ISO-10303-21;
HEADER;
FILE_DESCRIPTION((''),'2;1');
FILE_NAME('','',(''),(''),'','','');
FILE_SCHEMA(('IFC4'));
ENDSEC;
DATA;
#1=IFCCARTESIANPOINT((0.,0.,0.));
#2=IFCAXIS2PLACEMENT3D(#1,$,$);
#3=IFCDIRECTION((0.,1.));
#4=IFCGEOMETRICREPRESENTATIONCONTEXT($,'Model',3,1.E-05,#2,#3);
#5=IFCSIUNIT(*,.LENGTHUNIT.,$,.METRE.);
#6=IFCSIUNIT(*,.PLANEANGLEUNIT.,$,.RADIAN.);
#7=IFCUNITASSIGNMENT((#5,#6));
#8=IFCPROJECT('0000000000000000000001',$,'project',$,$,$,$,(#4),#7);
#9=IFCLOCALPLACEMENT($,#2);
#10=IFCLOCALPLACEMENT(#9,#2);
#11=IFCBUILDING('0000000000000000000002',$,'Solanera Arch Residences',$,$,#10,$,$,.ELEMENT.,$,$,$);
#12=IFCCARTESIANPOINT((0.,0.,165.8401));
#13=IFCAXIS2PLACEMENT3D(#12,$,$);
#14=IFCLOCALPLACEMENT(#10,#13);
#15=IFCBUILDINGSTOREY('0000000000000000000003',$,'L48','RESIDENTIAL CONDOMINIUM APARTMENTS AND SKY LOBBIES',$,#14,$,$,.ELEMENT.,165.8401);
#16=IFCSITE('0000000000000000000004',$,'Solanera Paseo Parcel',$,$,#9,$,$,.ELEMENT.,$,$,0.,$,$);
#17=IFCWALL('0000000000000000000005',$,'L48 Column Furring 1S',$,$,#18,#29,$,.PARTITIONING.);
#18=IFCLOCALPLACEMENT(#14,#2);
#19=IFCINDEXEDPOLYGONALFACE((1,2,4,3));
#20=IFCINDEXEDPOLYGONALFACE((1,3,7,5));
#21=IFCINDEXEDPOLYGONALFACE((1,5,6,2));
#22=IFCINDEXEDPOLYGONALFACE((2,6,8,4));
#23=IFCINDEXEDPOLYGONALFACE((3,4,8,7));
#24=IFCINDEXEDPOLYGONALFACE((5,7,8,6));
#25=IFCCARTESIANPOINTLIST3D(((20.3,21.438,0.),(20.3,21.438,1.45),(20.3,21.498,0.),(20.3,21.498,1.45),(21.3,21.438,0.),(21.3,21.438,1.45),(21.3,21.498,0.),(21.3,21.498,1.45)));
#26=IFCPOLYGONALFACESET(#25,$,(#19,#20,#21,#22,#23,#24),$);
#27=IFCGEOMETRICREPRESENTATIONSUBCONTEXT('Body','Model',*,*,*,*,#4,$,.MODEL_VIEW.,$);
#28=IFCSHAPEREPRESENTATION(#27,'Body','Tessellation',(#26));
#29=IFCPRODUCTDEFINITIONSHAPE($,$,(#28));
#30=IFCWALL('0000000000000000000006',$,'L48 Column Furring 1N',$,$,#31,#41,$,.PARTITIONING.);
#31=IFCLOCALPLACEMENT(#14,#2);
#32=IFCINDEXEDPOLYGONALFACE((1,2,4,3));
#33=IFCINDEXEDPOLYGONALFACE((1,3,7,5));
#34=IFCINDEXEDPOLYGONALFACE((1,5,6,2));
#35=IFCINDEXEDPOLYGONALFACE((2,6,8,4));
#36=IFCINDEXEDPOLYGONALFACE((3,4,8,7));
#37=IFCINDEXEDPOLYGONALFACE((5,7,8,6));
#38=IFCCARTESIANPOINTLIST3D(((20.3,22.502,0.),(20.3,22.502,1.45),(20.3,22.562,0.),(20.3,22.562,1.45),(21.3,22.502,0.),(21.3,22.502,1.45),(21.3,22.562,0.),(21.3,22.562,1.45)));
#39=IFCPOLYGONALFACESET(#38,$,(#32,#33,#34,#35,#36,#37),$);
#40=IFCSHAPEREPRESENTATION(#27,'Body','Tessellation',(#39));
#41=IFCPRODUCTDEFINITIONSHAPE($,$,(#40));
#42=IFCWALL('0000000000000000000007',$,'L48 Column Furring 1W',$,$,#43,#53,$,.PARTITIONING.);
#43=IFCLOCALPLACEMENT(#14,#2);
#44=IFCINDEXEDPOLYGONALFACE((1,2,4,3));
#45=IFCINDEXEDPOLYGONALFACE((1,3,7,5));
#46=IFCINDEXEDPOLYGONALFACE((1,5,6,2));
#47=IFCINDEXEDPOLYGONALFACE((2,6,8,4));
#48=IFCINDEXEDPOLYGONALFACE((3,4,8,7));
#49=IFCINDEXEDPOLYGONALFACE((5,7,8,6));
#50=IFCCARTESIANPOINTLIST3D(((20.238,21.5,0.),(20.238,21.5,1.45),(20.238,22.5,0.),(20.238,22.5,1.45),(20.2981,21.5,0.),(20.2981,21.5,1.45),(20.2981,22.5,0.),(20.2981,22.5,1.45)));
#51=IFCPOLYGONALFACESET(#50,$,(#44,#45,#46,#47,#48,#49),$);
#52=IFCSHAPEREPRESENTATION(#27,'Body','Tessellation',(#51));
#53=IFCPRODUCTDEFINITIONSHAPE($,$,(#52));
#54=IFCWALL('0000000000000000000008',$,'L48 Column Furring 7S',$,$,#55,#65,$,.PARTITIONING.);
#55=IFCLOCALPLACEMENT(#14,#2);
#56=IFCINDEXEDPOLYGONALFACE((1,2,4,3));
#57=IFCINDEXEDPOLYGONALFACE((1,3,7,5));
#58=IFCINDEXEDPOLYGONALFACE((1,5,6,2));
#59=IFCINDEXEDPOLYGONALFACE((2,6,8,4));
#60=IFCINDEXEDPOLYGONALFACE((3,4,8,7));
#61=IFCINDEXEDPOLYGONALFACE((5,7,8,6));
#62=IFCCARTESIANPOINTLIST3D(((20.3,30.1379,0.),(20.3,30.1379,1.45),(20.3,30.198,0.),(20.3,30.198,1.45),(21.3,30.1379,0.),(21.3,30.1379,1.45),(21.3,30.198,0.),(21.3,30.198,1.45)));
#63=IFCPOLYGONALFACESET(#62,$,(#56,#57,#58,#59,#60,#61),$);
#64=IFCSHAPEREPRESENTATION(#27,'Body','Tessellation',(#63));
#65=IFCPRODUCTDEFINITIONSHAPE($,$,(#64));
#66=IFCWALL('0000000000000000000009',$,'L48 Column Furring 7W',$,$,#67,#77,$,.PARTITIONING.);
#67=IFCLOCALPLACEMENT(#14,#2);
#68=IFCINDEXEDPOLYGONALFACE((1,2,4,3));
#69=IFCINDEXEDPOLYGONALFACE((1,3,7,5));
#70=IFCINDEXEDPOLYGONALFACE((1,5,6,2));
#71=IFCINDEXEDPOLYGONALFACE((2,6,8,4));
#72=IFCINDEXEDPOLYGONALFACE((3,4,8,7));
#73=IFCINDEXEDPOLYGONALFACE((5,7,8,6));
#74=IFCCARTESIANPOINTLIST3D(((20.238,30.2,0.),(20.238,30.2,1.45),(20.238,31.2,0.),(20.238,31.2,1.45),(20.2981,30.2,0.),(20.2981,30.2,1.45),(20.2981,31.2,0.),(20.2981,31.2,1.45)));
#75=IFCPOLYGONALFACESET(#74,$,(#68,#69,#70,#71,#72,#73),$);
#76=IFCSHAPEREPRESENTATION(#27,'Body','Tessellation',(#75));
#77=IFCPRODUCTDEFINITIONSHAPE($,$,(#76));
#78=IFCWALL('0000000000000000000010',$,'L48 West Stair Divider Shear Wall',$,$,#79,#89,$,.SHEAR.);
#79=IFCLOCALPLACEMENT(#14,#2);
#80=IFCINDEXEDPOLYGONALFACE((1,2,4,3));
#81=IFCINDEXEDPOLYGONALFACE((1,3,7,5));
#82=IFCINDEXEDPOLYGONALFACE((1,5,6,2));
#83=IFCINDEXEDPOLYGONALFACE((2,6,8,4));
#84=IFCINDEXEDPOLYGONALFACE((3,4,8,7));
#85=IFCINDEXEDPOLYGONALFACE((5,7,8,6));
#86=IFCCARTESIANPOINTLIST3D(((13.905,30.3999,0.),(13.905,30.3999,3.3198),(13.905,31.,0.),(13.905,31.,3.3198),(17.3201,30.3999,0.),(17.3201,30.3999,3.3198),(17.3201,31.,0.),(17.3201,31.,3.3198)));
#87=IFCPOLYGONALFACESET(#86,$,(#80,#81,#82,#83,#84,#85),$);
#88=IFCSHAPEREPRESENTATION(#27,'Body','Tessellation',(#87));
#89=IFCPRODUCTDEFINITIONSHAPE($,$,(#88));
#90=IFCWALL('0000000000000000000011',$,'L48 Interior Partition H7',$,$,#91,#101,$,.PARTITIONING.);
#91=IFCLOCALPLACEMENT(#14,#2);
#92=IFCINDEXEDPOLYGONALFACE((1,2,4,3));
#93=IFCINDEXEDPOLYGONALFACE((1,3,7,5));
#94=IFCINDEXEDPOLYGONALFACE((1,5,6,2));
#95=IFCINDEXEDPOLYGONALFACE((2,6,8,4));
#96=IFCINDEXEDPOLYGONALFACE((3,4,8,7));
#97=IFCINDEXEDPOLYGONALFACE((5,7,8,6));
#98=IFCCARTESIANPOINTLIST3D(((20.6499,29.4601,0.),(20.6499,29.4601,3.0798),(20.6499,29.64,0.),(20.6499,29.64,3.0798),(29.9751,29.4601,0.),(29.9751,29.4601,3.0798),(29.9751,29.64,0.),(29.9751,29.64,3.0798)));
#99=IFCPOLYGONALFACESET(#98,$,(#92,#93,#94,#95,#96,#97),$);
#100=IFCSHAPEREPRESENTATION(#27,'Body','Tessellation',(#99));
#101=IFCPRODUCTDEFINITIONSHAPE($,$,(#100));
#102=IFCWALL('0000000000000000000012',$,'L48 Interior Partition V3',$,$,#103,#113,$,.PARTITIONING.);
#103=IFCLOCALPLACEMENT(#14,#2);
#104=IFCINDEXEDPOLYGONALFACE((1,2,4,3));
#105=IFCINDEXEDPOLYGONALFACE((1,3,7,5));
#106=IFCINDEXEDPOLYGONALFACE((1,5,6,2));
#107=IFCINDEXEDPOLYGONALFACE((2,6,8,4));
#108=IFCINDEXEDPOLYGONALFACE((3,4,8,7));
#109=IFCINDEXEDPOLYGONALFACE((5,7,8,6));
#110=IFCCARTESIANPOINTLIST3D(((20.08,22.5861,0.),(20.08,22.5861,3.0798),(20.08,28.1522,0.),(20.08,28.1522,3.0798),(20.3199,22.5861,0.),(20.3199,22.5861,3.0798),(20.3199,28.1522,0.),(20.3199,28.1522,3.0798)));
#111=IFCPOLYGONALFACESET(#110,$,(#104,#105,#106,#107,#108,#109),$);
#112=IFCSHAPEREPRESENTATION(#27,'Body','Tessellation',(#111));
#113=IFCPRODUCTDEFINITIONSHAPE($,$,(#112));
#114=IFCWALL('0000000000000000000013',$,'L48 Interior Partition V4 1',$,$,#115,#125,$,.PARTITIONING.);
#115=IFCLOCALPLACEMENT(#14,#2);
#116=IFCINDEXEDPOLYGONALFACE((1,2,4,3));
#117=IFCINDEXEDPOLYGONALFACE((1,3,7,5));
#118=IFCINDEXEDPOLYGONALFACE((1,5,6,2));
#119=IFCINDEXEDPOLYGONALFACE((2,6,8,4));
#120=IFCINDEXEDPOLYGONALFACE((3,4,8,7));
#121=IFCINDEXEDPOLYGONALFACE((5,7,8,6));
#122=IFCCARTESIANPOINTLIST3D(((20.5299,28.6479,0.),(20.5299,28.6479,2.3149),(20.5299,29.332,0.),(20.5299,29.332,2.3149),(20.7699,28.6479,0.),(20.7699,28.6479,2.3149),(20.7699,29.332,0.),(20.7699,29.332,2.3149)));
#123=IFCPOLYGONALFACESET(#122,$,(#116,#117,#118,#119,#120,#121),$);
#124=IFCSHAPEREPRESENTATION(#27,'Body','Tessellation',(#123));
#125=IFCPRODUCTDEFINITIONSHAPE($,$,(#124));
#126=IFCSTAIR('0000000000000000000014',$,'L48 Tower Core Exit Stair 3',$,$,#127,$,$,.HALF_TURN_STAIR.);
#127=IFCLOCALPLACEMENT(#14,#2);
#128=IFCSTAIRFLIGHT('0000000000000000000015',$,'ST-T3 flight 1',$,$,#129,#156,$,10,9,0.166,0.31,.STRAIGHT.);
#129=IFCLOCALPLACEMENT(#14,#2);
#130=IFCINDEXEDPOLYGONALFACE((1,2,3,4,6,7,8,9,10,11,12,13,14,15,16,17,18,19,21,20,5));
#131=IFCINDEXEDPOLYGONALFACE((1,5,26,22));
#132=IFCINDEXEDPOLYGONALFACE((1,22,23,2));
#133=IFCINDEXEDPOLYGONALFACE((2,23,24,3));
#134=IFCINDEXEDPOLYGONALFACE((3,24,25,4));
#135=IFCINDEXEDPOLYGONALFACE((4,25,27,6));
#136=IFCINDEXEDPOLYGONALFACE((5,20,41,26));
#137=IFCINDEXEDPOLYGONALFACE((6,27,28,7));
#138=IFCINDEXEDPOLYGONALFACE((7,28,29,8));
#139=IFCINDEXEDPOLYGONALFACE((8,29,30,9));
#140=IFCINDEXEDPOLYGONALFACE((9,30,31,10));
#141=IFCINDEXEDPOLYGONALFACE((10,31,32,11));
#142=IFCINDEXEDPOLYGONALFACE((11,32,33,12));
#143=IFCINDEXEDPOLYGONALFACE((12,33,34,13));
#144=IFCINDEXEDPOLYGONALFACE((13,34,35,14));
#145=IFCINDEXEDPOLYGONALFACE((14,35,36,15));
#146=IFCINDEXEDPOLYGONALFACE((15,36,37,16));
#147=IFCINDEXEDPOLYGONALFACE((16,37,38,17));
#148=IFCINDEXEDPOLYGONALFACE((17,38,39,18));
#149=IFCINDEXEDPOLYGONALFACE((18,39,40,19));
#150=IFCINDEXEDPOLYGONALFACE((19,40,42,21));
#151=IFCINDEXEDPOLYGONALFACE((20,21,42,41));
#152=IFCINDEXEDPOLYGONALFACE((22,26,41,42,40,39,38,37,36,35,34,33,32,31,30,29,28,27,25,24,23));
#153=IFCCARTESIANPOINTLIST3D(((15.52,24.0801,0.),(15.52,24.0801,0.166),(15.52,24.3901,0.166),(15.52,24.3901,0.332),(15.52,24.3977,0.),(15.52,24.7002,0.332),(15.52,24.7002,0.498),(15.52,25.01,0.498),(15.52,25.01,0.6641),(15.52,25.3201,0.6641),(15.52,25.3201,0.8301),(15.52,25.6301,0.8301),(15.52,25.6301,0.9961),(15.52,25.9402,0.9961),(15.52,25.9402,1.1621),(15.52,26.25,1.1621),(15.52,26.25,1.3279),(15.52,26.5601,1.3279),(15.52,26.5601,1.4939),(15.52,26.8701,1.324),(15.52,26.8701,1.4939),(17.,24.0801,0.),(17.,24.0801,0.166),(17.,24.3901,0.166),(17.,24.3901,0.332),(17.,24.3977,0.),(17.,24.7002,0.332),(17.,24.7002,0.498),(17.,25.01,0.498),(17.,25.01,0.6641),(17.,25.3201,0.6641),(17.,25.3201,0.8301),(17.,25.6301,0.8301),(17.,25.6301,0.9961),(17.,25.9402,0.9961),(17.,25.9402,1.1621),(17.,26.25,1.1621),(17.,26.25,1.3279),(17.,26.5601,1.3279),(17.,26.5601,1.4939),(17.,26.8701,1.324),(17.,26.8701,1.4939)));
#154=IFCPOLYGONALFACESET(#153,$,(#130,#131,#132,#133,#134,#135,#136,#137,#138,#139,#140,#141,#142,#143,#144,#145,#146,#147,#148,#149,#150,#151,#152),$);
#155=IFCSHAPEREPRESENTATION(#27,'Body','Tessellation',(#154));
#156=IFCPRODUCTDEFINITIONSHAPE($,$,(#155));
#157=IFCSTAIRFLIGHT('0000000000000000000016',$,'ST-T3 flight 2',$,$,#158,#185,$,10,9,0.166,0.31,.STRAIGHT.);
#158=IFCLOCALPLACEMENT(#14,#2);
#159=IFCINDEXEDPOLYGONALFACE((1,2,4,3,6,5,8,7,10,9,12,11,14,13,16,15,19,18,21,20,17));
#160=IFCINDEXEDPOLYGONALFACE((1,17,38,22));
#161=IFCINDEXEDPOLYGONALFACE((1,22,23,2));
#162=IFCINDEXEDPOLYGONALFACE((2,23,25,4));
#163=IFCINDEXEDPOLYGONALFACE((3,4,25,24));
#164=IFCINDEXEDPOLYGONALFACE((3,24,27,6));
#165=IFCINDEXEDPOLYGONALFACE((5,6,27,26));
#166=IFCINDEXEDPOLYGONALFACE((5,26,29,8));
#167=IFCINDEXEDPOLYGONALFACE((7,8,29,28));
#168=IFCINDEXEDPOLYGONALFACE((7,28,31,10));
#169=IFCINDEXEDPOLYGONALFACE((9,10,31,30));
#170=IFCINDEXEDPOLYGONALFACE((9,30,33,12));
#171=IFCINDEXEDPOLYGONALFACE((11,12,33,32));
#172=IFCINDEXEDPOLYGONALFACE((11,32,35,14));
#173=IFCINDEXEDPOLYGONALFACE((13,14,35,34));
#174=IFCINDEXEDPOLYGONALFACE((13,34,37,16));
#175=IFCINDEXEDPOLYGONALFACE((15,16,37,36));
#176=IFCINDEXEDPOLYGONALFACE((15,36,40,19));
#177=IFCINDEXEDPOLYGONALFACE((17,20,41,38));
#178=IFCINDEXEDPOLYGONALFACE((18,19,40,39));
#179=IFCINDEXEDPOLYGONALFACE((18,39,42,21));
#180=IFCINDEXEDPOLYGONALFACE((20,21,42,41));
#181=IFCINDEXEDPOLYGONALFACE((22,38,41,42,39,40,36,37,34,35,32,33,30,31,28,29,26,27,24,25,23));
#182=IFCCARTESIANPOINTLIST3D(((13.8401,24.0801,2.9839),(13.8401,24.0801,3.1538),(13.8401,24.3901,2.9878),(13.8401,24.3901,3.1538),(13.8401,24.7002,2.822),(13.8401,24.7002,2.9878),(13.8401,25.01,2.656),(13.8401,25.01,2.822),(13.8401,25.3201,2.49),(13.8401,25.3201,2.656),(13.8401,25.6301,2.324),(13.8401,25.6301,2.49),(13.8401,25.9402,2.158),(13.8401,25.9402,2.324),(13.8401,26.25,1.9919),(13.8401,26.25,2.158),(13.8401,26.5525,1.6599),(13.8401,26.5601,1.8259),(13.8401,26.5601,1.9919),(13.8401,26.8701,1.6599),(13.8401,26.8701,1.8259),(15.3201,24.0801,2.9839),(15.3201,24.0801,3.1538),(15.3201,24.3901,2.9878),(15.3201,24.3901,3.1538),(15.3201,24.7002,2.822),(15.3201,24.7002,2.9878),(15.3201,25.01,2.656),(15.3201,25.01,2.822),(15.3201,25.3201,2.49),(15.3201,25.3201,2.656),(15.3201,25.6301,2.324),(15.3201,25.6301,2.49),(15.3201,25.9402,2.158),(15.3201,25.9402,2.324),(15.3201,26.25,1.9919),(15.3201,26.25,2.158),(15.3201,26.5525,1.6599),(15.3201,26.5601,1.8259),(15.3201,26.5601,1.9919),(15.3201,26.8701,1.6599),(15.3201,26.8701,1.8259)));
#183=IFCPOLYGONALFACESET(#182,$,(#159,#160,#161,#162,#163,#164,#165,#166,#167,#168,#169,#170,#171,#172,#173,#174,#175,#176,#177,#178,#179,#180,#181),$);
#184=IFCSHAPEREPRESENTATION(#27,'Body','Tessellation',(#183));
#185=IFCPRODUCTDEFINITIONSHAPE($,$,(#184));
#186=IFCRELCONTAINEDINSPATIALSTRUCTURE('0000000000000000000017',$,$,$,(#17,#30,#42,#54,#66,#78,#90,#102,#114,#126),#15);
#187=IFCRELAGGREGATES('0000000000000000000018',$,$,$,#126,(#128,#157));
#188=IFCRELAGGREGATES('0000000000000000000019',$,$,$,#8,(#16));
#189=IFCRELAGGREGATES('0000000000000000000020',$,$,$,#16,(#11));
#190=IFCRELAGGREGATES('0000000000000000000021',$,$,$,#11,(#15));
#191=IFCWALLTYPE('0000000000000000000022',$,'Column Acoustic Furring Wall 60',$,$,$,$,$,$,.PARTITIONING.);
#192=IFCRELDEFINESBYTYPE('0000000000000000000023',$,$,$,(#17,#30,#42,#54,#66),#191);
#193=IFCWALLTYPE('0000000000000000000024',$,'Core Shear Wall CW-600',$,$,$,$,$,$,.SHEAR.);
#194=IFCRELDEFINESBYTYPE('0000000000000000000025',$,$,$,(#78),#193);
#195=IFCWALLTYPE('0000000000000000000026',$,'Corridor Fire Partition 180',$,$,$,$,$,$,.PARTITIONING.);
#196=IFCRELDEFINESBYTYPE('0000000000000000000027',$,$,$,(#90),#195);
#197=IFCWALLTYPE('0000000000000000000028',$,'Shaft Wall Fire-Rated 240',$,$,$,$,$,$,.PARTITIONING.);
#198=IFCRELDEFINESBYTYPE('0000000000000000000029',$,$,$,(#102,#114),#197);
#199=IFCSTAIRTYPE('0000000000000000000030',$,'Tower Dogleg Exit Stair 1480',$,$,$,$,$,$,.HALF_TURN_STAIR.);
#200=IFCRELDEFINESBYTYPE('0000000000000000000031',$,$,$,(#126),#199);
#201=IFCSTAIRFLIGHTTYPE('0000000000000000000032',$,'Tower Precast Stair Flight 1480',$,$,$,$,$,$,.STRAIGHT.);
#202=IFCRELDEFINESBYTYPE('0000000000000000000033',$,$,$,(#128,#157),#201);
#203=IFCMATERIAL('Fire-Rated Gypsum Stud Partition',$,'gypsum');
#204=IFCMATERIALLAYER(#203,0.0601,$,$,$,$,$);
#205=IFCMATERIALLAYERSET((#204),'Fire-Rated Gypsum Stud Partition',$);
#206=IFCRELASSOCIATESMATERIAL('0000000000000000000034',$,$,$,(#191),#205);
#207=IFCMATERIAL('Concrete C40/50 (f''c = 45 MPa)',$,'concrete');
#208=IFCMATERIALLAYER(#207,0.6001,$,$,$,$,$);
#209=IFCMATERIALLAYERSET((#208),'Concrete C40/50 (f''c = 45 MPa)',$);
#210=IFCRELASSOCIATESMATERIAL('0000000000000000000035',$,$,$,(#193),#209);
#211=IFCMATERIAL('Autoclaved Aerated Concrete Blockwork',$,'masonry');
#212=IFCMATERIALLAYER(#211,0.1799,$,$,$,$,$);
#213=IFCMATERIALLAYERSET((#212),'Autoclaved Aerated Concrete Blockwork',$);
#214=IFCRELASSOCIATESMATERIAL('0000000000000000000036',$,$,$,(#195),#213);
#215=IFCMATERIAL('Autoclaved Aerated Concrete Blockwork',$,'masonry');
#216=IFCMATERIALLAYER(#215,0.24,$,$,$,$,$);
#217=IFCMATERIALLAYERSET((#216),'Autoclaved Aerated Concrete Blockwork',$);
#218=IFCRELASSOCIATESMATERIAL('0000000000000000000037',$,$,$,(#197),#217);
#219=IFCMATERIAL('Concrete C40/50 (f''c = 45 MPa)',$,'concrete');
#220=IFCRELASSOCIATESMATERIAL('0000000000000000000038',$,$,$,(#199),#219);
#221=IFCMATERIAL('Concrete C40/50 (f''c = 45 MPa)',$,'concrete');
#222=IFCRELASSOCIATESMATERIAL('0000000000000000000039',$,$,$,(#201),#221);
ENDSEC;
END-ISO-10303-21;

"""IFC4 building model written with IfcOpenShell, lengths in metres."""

from ifc_helpers import new_model, si_unit, direction, frame, frame_2d, origin, place, context, subcontext, project, spatial, polyline, rectangle, outline, extrude, material, layer, layer_set, type_object, element, aggregate, save


model = new_model("IFC4")

# Units and contexts
model_context = context("Model", 3, precision=1e-05, world=origin(), true_north=direction((0.0, 1.0)))
body_context = subcontext(model_context, "Body", "Model", "MODEL_VIEW")
ifc_project = project(units=[si_unit("LENGTHUNIT", "METRE"), si_unit("PLANEANGLEUNIT", "RADIAN")], contexts=[model_context])

# Site, building, storey
site_placement = place(None, origin())
site = spatial("IfcSite", under=ifc_project, at=site_placement, Name="Solanera Paseo Parcel", CompositionType="ELEMENT", RefElevation=0.0)
building_placement = place(site_placement, origin())
building = spatial("IfcBuilding", under=site, at=building_placement, Name="Solanera Arch Residences", CompositionType="ELEMENT")
storey_placement = place(building_placement, frame((0.0, 0.0, 165.8401)))
storey = spatial("IfcBuildingStorey", under=building, at=storey_placement, Name="L48", Description="RESIDENTIAL CONDOMINIUM APARTMENTS AND SKY LOBBIES", CompositionType="ELEMENT", Elevation=165.8401)

# Walls
ifc_material_1 = material(Name="Fire-Rated Gypsum Stud Partition", Category="gypsum")
ifc_layer_1 = layer(ifc_material_1, 0.0601)
ifc_layer_set_1 = layer_set([ifc_layer_1], Name="Fire-Rated Gypsum Stud Partition")
wall_type_1 = type_object("IfcWallType", Name="Column Acoustic Furring Wall 60", PredefinedType="PARTITIONING", material=ifc_layer_set_1)
for number, where, z_axis, x_axis, name in (
    (1, (20.3, 21.468, 0.0), (0.0, 0.0, 1.0), (1.0, 0.0, 0.0), "L48 Column Furring 1S"),
    (2, (20.3, 22.532, 0.0), (0.0, 0.0, 1.0), (1.0, 0.0, 0.0), "L48 Column Furring 1N"),
    (3, (20.2681, 21.5, 0.0), (0.0, 0.0, 1.0), (0.0, 1.0, 0.0), "L48 Column Furring 1W"),
    (4, (20.3, 30.168, 0.0), (0.0, 0.0, 1.0), (1.0, 0.0, 0.0), "L48 Column Furring 7S"),
    (5, (20.2681, 30.2, 0.0), (0.0, 0.0, 1.0), (0.0, 1.0, 0.0), "L48 Column Furring 7W"),
):
    element("IfcWall", number, at=place(storey_placement, frame(where, z_axis=z_axis, x_axis=x_axis)), inside=storey, type_object=wall_type_1, Name=name, PredefinedType="PARTITIONING", context=body_context, shape_type="SweptSolid", body=[
        extrude(rectangle(XDim=1.0, YDim=0.0601, at=frame_2d((0.5, 0.0))), origin(), (0.0, 0.0, 1.0), 1.45),
    ])

# Walls
ifc_material_2 = material(Name="Concrete C40/50 (f'c = 45 MPa)", Category="concrete")
ifc_layer_2 = layer(ifc_material_2, 0.6001)
ifc_layer_set_2 = layer_set([ifc_layer_2], Name="Concrete C40/50 (f'c = 45 MPa)")
wall_type_2 = type_object("IfcWallType", Name="Core Shear Wall CW-600", PredefinedType="SHEAR", material=ifc_layer_set_2)
wall_1_placement = place(storey_placement, frame((13.905, 30.7, 0.0), z_axis=(0.0, 0.0, 1.0), x_axis=(1.0, 0.0, 0.0)))
element("IfcWall", 6, at=wall_1_placement, inside=storey, type_object=wall_type_2, Name="L48 West Stair Divider Shear Wall", PredefinedType="SHEAR", context=body_context, shape_type="SweptSolid", body=[
    extrude(rectangle(XDim=3.415, YDim=0.6001, at=frame_2d((1.7075, 0.0))), origin(), (0.0, 0.0, 1.0), 3.3198),
])
ifc_material_3 = material(Name="Autoclaved Aerated Concrete Blockwork", Category="masonry")
ifc_layer_3 = layer(ifc_material_3, 0.1799)
ifc_layer_set_3 = layer_set([ifc_layer_3], Name="Autoclaved Aerated Concrete Blockwork")
wall_type_3 = type_object("IfcWallType", Name="Corridor Fire Partition 180", PredefinedType="PARTITIONING", material=ifc_layer_set_3)
wall_2_placement = place(storey_placement, frame((20.6499, 29.55, 0.0), z_axis=(0.0, 0.0, 1.0), x_axis=(1.0, 0.0, 0.0)))
element("IfcWall", 7, at=wall_2_placement, inside=storey, type_object=wall_type_3, Name="L48 Interior Partition H7", PredefinedType="PARTITIONING", context=body_context, shape_type="SweptSolid", body=[
    extrude(rectangle(XDim=9.3252, YDim=0.1799, at=frame_2d((4.6626, 0.0))), origin(), (0.0, 0.0, 1.0), 3.0798),
])

# Shared definitions
ifc_material_4 = material(Name="Autoclaved Aerated Concrete Blockwork", Category="masonry")
ifc_layer_4 = layer(ifc_material_4, 0.24)
ifc_layer_set_4 = layer_set([ifc_layer_4], Name="Autoclaved Aerated Concrete Blockwork")
wall_type_4 = type_object("IfcWallType", Name="Shaft Wall Fire-Rated 240", PredefinedType="PARTITIONING", material=ifc_layer_set_4)

# Walls
wall_3_placement = place(storey_placement, frame((20.2, 22.5859, 0.0), z_axis=(0.0, 0.0, 1.0), x_axis=(0.0, 1.0, 0.0)))
element("IfcWall", 8, at=wall_3_placement, inside=storey, type_object=wall_type_4, Name="L48 Interior Partition V3", PredefinedType="PARTITIONING", context=body_context, shape_type="SweptSolid", body=[
    extrude(rectangle(XDim=5.5662, YDim=0.24, at=frame_2d((2.7832, 0.0))), origin(), (0.0, 0.0, 1.0), 3.0798),
])
wall_4_placement = place(storey_placement, frame((20.6499, 28.6479, 0.0), z_axis=(0.0, 0.0, 1.0), x_axis=(0.0, 1.0, 0.0)))
element("IfcWall", 9, at=wall_4_placement, inside=storey, type_object=wall_type_4, Name="L48 Interior Partition V4 1", PredefinedType="PARTITIONING", context=body_context, shape_type="SweptSolid", body=[
    extrude(rectangle(XDim=0.6841, YDim=0.24, at=frame_2d((0.342, 0.0))), origin(), (0.0, 0.0, 1.0), 2.3149),
])

# Stair, stair flights
ifc_material_5 = material(Name="Concrete C40/50 (f'c = 45 MPa)", Category="concrete")
stair_type = type_object("IfcStairType", Name="Tower Dogleg Exit Stair 1480", PredefinedType="HALF_TURN_STAIR", material=ifc_material_5)
stair_placement = place(storey_placement, origin())
stair = element("IfcStair", 10, at=stair_placement, inside=storey, type_object=stair_type, Name="L48 Tower Core Exit Stair 3", PredefinedType="HALF_TURN_STAIR")
ifc_material_6 = material(Name="Concrete C40/50 (f'c = 45 MPa)", Category="concrete")
stair_flight_type = type_object("IfcStairFlightType", Name="Tower Precast Stair Flight 1480", PredefinedType="STRAIGHT", material=ifc_material_6)
stair_flight_1_placement = place(storey_placement, frame((16.26, 24.0801, 0.0), z_axis=(0.0, 0.0, 1.0), x_axis=(0.0, 1.0, 0.0)))
stair_flight_1 = element("IfcStairFlight", 11, at=stair_flight_1_placement, type_object=stair_flight_type, Name="ST-T3 flight 1", NumberOfRisers=10, NumberOfTreads=9, PredefinedType="STRAIGHT", RiserHeight=0.166, TreadLength=0.31, context=body_context, shape_type="SweptSolid", body=[
    extrude(outline(polyline([(0.0, 0.0), (0.0, 0.166), (0.3101, 0.166), (0.3101, 0.332), (0.6201, 0.332), (0.6201, 0.498), (0.9299, 0.498), (0.9299, 0.6641), (1.24, 0.6641), (1.24, 0.8301), (1.55, 0.8301), (1.55, 0.9961), (1.8601, 0.9961), (1.8601, 1.1621), (2.1699, 1.1621), (2.1699, 1.3279), (2.48, 1.3279), (2.48, 1.4939), (2.79, 1.4939), (2.79, 1.6599), (2.79, 1.324), (0.3176, 0.0), (0.0, 0.0)])), frame((0.0, 0.74, 0.0), z_axis=(0.0, -1.0, 0.0), x_axis=(1.0, 0.0, 0.0)), (0.0, 0.0, 1.0), 1.48),
])
stair_flight_2_placement = place(storey_placement, frame((14.5801, 26.8701, 1.6599), z_axis=(0.0, 0.0, 1.0), x_axis=(0.0, -1.0, 0.0)))
stair_flight_2 = element("IfcStairFlight", 12, at=stair_flight_2_placement, type_object=stair_flight_type, Name="ST-T3 flight 2", NumberOfRisers=10, NumberOfTreads=9, PredefinedType="STRAIGHT", RiserHeight=0.166, TreadLength=0.31, context=body_context, shape_type="SweptSolid", body=[
    extrude(outline(polyline([(0.0, 0.0), (0.0, 0.166), (0.3101, 0.166), (0.3101, 0.332), (0.6201, 0.332), (0.6201, 0.498), (0.9299, 0.498), (0.9299, 0.6641), (1.24, 0.6641), (1.24, 0.8301), (1.55, 0.8301), (1.55, 0.9961), (1.8601, 0.9961), (1.8601, 1.1621), (2.1699, 1.1621), (2.1699, 1.3279), (2.48, 1.3279), (2.48, 1.4939), (2.79, 1.4939), (2.79, 1.6599), (2.79, 1.324), (0.3176, 0.0), (0.0, 0.0)])), frame((0.0, 0.74, 0.0), z_axis=(0.0, -1.0, 0.0), x_axis=(1.0, 0.0, 0.0)), (0.0, 0.0, 1.0), 1.48),
])
aggregate(stair, [stair_flight_1, stair_flight_2])

save(model, "model.ifc")
